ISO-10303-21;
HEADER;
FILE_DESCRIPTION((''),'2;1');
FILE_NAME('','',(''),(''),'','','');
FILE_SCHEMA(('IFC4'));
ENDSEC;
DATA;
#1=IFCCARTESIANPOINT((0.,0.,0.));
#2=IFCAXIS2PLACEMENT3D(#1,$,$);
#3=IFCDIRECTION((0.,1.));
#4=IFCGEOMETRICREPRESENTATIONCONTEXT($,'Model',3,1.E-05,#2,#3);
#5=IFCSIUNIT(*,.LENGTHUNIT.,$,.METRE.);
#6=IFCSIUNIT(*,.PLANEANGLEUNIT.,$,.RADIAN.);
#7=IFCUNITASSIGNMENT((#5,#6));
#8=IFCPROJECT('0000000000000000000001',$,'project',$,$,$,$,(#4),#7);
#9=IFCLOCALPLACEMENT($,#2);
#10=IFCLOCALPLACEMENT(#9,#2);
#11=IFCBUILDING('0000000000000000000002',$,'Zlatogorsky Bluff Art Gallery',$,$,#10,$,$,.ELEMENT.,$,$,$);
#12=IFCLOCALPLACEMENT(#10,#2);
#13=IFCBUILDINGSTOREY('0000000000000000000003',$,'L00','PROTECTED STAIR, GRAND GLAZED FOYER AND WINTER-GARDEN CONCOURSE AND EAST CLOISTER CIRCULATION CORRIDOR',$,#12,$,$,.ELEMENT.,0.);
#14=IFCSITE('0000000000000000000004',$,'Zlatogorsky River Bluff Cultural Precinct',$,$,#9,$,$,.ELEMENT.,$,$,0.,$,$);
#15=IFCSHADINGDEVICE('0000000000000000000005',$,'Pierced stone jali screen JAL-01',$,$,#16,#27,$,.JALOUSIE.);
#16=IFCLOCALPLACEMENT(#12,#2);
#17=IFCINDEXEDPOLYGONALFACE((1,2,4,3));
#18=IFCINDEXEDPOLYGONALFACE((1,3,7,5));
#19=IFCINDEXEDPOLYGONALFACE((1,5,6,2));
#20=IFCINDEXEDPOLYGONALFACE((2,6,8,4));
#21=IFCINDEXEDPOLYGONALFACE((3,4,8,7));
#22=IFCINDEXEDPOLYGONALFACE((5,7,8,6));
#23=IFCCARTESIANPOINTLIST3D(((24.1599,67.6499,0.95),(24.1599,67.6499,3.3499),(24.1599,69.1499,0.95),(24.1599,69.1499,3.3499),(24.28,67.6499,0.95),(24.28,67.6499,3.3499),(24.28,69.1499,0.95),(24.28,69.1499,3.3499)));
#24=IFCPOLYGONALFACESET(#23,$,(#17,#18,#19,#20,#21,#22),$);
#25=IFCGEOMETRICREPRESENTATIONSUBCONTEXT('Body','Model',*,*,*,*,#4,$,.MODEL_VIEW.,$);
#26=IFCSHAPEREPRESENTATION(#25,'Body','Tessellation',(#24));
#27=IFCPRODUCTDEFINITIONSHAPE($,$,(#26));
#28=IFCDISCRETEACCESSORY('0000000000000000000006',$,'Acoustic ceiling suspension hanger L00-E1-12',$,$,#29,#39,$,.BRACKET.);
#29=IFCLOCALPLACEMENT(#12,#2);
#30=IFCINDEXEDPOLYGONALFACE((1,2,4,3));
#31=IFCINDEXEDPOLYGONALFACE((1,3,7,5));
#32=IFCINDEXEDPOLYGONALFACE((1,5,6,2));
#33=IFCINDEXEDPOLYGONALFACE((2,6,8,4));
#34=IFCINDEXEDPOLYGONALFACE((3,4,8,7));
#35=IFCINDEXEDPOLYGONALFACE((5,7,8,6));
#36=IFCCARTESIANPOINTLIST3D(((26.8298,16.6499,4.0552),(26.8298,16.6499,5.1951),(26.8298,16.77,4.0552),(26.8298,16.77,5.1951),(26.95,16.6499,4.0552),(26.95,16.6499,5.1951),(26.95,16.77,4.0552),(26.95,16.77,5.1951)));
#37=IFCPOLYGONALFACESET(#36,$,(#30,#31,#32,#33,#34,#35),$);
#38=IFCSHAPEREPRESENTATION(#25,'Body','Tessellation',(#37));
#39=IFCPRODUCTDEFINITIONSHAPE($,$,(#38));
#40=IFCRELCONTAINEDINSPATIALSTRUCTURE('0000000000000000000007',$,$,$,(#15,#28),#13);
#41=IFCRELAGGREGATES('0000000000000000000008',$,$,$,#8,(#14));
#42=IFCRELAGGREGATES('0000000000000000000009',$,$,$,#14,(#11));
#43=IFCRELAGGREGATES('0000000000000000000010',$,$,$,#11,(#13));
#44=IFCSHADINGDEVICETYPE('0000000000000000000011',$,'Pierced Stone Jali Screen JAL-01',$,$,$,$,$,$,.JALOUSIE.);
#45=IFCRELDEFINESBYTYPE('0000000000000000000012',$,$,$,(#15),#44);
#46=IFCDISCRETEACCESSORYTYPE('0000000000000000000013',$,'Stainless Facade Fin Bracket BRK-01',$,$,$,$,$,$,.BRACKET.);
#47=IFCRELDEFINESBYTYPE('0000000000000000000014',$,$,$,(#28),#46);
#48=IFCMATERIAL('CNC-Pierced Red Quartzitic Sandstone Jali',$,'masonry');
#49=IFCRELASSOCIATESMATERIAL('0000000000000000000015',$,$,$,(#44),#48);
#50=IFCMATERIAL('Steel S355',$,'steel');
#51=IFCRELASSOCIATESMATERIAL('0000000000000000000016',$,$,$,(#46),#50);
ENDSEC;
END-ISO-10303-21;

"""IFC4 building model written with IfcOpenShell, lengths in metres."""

from ifc_helpers import new_model, si_unit, direction, frame, origin, origin_2d, place, context, subcontext, project, spatial, rectangle, extrude, material, type_object, element, save


model = new_model("IFC4")

# Units and contexts
model_context = context("Model", 3, precision=1e-05, world=origin(), true_north=direction((0.0, 1.0)))
body_context = subcontext(model_context, "Body", "Model", "MODEL_VIEW")
ifc_project = project(units=[si_unit("LENGTHUNIT", "METRE"), si_unit("PLANEANGLEUNIT", "RADIAN")], contexts=[model_context])

# Site, building, storey
site_placement = place(None, origin())
site = spatial("IfcSite", under=ifc_project, at=site_placement, Name="Zlatogorsky River Bluff Cultural Precinct", CompositionType="ELEMENT", RefElevation=0.0)
building_placement = place(site_placement, origin())
building = spatial("IfcBuilding", under=site, at=building_placement, Name="Zlatogorsky Bluff Art Gallery", CompositionType="ELEMENT")
storey_placement = place(building_placement, origin())
storey = spatial("IfcBuildingStorey", under=building, at=storey_placement, Name="L00", Description="PROTECTED STAIR, GRAND GLAZED FOYER AND WINTER-GARDEN CONCOURSE AND EAST CLOISTER CIRCULATION CORRIDOR", CompositionType="ELEMENT", Elevation=0.0)

# Shared definitions
ifc_material_1 = material(Name="Steel S355", Category="steel")

# Shading device
ifc_material_2 = material(Name="CNC-Pierced Red Quartzitic Sandstone Jali", Category="masonry")
shading_device_type = type_object("IfcShadingDeviceType", Name="Pierced Stone Jali Screen JAL-01", PredefinedType="JALOUSIE", material=ifc_material_2)
shading_device_placement = place(storey_placement, frame((24.22, 68.3999, 0.95), z_axis=(0.0, 0.0, 1.0), x_axis=(1.0, 0.0, 0.0)))
element("IfcShadingDevice", 1, at=shading_device_placement, inside=storey, type_object=shading_device_type, Name="Pierced stone jali screen JAL-01", PredefinedType="JALOUSIE", context=body_context, shape_type="SweptSolid", body=[
    extrude(rectangle(XDim=0.1201, YDim=1.5, at=origin_2d()), origin(), (0.0, 0.0, 1.0), 2.3999),
])

# Discrete accessory
discrete_accessory_type = type_object("IfcDiscreteAccessoryType", Name="Stainless Facade Fin Bracket BRK-01", PredefinedType="BRACKET", material=ifc_material_1)
discrete_accessory_placement = place(storey_placement, frame((26.8899, 16.71, 4.0552), z_axis=(0.0, 0.0, 1.0), x_axis=(1.0, 0.0, 0.0)))
element("IfcDiscreteAccessory", 2, at=discrete_accessory_placement, inside=storey, type_object=discrete_accessory_type, Name="Acoustic ceiling suspension hanger L00-E1-12", PredefinedType="BRACKET", context=body_context, shape_type="SweptSolid", body=[
    extrude(rectangle(XDim=0.1201, YDim=0.1201, at=origin_2d()), origin(), (0.0, 0.0, 1.0), 1.1399),
])

save(model, "model.ifc")
